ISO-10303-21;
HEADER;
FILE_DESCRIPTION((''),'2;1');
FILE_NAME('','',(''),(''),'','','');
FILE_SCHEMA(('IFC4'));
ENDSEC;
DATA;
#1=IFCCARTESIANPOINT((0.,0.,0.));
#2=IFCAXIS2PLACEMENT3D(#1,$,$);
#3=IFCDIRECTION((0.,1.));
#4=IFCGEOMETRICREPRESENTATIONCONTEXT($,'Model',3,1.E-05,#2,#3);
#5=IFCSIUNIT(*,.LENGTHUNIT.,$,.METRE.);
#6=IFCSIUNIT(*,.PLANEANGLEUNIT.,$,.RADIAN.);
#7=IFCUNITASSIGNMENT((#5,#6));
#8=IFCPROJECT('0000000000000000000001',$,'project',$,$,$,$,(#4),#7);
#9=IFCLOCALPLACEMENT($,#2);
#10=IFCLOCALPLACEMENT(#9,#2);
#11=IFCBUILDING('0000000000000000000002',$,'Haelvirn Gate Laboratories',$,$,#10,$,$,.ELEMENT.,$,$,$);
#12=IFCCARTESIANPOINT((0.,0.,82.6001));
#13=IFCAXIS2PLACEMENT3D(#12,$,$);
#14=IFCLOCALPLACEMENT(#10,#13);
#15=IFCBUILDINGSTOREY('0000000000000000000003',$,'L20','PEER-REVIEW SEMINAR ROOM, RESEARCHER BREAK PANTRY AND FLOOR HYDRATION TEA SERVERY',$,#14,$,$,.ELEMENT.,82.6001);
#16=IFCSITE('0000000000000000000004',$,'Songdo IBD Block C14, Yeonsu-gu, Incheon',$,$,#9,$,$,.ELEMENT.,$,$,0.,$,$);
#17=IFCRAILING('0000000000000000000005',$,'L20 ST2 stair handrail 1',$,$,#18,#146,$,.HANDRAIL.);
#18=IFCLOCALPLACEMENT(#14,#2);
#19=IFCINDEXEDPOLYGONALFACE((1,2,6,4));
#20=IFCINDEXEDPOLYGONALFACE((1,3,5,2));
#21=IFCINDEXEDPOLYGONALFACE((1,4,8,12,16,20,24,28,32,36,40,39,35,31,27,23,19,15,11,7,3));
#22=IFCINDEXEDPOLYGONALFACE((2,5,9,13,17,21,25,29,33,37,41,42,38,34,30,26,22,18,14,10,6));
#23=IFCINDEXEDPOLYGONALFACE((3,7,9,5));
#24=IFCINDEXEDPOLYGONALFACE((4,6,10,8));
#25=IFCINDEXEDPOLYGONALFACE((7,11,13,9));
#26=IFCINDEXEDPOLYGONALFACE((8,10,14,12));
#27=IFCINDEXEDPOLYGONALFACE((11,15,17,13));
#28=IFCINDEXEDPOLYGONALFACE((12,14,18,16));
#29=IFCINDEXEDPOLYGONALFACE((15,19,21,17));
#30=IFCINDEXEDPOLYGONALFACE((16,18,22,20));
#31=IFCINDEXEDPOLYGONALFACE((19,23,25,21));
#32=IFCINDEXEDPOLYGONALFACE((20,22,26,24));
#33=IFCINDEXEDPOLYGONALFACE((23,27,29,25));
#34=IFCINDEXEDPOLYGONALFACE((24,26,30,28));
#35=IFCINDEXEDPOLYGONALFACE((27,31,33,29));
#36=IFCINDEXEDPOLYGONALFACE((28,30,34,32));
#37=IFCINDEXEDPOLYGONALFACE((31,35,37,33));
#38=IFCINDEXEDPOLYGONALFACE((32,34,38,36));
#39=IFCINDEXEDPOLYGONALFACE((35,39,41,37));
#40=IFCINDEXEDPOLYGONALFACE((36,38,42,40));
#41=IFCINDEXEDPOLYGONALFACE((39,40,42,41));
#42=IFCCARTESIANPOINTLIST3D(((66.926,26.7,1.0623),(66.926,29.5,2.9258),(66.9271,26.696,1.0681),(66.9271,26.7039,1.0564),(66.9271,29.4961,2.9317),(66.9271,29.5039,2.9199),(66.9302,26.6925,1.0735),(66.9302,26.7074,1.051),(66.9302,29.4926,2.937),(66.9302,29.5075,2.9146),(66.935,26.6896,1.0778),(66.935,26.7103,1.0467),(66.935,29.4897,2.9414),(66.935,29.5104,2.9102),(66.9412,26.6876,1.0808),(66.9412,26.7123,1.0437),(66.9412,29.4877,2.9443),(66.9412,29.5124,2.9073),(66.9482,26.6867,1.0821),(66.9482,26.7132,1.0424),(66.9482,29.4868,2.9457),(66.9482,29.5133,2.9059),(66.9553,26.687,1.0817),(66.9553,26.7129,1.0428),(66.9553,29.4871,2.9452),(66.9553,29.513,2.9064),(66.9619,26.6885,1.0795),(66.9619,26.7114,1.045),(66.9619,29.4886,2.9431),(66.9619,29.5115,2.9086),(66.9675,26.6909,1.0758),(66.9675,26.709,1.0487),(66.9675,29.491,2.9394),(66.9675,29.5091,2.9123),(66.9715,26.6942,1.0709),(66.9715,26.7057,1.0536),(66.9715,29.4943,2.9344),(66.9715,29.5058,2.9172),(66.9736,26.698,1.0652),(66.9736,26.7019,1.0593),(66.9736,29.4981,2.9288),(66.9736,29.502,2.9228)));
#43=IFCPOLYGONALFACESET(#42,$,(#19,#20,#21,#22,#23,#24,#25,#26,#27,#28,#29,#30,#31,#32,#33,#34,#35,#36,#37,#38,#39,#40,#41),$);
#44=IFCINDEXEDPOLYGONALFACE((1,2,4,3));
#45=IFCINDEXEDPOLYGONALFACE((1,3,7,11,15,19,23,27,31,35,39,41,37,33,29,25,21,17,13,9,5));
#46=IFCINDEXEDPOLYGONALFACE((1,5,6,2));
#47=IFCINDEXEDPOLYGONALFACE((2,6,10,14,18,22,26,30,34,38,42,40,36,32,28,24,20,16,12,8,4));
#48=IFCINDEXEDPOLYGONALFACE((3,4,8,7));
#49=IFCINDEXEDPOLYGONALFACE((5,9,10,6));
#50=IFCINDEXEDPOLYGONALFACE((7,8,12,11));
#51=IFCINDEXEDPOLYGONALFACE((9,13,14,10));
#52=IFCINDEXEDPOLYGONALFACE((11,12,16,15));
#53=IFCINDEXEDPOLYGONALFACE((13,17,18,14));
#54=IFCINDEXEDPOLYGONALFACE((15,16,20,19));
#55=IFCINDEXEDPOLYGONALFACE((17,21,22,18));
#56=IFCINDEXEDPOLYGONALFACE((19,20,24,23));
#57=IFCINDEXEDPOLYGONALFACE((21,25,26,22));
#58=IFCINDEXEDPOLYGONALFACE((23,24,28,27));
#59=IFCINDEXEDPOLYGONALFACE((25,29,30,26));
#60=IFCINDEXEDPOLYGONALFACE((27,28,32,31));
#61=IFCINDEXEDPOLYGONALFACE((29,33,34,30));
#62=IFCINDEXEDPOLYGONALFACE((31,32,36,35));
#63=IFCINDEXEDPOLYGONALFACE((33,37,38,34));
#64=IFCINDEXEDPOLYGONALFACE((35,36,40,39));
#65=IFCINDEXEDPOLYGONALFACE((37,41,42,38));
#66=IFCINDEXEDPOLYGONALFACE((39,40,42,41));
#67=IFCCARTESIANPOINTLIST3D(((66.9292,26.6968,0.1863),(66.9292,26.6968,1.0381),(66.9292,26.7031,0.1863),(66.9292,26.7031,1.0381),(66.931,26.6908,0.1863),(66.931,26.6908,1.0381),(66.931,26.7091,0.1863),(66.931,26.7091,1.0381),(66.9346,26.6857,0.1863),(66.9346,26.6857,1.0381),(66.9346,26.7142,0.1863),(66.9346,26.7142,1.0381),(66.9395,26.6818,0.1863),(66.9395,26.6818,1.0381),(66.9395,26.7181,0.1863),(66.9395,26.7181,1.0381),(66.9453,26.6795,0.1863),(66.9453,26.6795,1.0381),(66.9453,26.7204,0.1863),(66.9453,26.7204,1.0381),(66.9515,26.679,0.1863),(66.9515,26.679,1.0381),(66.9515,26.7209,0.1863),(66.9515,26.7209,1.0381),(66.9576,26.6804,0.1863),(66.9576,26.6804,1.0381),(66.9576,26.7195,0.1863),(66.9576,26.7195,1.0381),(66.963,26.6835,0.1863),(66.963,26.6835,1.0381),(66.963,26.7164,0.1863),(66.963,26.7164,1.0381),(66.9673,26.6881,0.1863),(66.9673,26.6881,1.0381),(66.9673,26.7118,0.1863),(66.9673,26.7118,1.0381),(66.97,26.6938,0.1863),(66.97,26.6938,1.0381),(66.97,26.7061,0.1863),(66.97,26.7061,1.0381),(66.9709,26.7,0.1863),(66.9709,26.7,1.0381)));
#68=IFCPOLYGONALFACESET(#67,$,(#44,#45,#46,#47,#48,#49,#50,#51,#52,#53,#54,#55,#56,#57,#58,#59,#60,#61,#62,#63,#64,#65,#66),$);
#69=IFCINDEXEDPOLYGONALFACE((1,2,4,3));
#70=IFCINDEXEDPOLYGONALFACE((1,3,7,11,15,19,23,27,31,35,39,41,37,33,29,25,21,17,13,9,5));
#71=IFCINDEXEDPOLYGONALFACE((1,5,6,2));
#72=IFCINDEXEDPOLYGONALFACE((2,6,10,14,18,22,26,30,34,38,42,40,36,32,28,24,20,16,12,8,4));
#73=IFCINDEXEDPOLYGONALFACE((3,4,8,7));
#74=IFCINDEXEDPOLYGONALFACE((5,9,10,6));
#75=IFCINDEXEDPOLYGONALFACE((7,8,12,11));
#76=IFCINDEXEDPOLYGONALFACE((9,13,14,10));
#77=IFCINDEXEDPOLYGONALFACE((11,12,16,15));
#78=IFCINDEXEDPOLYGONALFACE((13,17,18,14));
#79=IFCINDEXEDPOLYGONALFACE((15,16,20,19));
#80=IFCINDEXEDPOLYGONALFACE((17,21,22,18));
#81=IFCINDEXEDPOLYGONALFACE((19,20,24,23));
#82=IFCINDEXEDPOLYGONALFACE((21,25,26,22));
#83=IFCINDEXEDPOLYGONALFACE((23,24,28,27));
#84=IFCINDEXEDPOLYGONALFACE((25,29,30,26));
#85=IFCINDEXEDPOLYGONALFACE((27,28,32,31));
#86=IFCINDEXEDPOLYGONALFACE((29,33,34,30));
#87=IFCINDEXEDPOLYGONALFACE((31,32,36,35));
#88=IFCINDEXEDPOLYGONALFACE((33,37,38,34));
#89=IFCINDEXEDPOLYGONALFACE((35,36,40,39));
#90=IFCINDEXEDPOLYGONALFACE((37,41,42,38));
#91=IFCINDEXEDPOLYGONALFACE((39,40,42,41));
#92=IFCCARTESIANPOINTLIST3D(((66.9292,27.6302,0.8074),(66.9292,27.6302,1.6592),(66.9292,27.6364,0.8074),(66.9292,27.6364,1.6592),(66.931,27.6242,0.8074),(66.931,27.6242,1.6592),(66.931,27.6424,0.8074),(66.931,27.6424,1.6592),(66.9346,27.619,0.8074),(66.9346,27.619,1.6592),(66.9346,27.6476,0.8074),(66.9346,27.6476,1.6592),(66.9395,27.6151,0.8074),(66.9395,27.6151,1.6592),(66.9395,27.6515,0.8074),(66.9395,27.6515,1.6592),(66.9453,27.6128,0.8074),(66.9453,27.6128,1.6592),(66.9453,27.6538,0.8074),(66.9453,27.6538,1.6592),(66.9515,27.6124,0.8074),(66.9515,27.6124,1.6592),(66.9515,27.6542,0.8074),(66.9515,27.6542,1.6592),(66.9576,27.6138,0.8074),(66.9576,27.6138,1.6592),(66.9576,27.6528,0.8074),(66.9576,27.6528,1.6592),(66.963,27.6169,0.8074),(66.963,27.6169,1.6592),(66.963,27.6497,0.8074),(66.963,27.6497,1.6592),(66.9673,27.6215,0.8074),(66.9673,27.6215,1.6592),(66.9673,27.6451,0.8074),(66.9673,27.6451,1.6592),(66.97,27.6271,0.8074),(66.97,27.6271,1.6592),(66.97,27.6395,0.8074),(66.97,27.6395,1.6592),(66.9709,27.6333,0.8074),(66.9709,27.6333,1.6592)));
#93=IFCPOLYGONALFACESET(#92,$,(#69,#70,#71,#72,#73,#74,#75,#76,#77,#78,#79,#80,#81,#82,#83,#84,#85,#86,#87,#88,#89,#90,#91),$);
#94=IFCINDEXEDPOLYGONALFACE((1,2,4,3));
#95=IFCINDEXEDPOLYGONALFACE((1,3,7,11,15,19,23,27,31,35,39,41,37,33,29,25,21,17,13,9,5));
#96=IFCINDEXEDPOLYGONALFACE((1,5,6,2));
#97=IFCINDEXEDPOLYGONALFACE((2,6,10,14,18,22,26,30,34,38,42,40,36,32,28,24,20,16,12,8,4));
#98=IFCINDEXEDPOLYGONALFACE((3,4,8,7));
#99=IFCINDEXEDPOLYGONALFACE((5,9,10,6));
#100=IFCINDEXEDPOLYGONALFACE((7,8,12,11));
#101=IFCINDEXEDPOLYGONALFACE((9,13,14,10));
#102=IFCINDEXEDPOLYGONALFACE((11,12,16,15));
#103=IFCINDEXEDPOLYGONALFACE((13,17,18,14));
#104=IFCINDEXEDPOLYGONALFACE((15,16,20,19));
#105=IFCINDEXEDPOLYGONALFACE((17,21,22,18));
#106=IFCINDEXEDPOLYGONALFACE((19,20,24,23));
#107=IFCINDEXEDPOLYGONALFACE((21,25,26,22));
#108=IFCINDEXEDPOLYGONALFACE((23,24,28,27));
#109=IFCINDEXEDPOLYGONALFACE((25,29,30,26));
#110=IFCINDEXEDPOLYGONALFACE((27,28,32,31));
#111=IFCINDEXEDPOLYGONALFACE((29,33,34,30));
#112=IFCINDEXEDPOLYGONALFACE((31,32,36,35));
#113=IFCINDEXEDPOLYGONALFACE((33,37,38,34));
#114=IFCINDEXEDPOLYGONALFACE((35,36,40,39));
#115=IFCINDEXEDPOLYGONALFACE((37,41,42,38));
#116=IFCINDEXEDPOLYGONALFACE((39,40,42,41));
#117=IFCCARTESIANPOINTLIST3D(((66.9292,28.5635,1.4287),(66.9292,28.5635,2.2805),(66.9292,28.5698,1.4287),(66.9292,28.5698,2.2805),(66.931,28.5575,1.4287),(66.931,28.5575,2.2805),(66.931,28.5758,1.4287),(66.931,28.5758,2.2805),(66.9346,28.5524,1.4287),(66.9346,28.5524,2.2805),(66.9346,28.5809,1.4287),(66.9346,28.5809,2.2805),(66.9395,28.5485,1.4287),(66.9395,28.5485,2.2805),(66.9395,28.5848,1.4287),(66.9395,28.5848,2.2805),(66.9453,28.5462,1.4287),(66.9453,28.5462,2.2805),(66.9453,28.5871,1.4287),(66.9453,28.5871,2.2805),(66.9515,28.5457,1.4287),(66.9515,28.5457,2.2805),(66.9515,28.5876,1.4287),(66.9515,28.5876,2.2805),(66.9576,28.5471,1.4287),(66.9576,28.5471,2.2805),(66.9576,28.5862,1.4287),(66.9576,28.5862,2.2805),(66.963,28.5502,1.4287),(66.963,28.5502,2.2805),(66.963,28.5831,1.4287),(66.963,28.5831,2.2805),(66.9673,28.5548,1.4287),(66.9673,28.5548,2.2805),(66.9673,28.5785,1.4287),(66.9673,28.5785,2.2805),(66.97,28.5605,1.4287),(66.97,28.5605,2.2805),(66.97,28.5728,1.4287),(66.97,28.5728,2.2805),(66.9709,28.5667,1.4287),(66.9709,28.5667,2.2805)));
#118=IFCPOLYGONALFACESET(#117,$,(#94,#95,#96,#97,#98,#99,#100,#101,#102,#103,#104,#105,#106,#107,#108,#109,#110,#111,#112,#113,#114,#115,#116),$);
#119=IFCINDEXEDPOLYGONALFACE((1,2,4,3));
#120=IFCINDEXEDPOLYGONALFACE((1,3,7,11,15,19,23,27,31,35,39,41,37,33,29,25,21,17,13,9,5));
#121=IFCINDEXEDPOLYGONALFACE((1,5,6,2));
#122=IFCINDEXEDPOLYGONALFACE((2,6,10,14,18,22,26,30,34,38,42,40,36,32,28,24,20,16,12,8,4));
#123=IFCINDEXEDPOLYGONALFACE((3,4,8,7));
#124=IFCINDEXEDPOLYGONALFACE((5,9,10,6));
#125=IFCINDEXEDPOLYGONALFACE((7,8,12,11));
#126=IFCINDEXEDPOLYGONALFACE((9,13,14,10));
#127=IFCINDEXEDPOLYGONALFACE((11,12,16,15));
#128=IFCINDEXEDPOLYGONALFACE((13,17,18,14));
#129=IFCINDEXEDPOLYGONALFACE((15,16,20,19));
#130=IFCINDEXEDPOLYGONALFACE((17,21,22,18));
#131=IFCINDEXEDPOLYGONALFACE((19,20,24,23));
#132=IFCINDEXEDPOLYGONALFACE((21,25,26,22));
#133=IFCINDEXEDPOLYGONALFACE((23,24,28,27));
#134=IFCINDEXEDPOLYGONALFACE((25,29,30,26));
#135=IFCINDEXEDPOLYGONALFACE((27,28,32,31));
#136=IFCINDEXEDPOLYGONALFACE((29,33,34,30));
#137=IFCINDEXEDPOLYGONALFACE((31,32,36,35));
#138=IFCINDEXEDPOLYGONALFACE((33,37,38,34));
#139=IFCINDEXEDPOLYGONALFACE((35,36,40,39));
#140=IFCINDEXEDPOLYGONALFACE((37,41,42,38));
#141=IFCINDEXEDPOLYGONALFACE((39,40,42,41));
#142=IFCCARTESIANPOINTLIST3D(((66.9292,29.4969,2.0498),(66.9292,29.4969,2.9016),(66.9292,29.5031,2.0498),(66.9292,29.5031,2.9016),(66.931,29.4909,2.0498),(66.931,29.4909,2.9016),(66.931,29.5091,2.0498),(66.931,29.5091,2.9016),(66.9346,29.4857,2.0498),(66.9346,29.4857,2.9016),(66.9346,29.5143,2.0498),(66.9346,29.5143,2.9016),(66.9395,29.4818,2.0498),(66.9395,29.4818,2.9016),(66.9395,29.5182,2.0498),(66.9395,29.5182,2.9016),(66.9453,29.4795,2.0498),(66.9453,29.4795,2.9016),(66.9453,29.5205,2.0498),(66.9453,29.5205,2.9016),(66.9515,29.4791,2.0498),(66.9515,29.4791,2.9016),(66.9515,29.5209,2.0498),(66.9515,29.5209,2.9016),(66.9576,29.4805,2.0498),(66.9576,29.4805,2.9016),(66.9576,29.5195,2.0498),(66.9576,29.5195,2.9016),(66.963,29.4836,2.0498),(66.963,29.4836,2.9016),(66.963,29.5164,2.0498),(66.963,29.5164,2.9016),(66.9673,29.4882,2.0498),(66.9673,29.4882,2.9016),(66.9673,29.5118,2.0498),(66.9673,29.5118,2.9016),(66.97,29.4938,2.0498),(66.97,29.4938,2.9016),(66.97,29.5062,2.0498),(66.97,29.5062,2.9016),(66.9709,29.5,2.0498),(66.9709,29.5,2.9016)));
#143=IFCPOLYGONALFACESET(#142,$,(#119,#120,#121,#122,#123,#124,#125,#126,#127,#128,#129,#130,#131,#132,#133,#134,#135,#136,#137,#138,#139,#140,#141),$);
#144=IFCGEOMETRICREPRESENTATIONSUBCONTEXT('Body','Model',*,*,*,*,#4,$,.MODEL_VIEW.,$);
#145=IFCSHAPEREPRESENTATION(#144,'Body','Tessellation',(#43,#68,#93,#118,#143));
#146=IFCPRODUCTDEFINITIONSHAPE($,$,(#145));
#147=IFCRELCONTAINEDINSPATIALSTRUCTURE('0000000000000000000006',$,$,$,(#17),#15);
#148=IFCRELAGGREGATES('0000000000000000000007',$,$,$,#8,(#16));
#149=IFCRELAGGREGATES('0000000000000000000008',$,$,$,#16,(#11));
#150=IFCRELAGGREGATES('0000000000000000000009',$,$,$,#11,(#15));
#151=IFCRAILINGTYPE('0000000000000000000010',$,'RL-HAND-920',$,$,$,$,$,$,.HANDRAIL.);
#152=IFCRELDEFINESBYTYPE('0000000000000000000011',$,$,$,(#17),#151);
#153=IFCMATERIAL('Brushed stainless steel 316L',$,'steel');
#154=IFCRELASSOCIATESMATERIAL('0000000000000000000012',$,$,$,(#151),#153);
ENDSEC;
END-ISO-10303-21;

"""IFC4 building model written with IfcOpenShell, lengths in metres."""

from ifc_helpers import new_model, si_unit, direction, frame, origin, origin_2d, place, context, subcontext, project, spatial, circle, extrude, source, transform, mapped, material, type_object, element, save


model = new_model("IFC4")

# Units and contexts
model_context = context("Model", 3, precision=1e-05, world=origin(), true_north=direction((0.0, 1.0)))
body_context = subcontext(model_context, "Body", "Model", "MODEL_VIEW")
ifc_project = project(units=[si_unit("LENGTHUNIT", "METRE"), si_unit("PLANEANGLEUNIT", "RADIAN")], contexts=[model_context])

# Site, building, storey
site_placement = place(None, origin())
site = spatial("IfcSite", under=ifc_project, at=site_placement, Name="Songdo IBD Block C14, Yeonsu-gu, Incheon", CompositionType="ELEMENT", RefElevation=0.0)
building_placement = place(site_placement, origin())
building = spatial("IfcBuilding", under=site, at=building_placement, Name="Haelvirn Gate Laboratories", CompositionType="ELEMENT")
storey_placement = place(building_placement, frame((0.0, 0.0, 82.6001)))
storey = spatial("IfcBuildingStorey", under=building, at=storey_placement, Name="L20", Description="PEER-REVIEW SEMINAR ROOM, RESEARCHER BREAK PANTRY AND FLOOR HYDRATION TEA SERVERY", CompositionType="ELEMENT", Elevation=82.6001)

# Railing
ifc_material_1 = material(Name="Brushed stainless steel 316L", Category="steel")
railing_type_1 = type_object("IfcRailingType", Name="RL-HAND-920", PredefinedType="HANDRAIL", material=ifc_material_1)
shared_shape_1 = source(origin(), body_context, "Body", "SweptSolid", [
    extrude(circle(Radius=0.0239, at=origin_2d()), frame((0.0, 0.0, 0.876), z_axis=(0.0, 0.832486, 0.554047), x_axis=(-1.0, 0.0, 0.0)), (0.0, 0.0, 1.0), 3.3635),
    extrude(circle(Radius=0.021, at=origin_2d()), origin(), (0.0, 0.0, 1.0), 0.8518),
    extrude(circle(Radius=0.021, at=origin_2d()), frame((0.0, 0.9333, 0.6211)), (0.0, 0.0, 1.0), 0.8518),
    extrude(circle(Radius=0.021, at=origin_2d()), frame((0.0, 1.8667, 1.2424)), (0.0, 0.0, 1.0), 0.8518),
    extrude(circle(Radius=0.021, at=origin_2d()), frame((0.0, 2.8, 1.8635)), (0.0, 0.0, 1.0), 0.8518),
])
railing_1_placement = place(storey_placement, frame((66.95, 26.7, 0.1863)))
element("IfcRailing", 1, at=railing_1_placement, inside=storey, type_object=railing_type_1, Name="L20 ST2 stair handrail 1", PredefinedType="HANDRAIL", context=body_context, shape_type="MappedRepresentation", body=[
    mapped(shared_shape_1, transform((0.0, 0.0, 0.0), scale=1.0)),
])

save(model, "model.ifc")
